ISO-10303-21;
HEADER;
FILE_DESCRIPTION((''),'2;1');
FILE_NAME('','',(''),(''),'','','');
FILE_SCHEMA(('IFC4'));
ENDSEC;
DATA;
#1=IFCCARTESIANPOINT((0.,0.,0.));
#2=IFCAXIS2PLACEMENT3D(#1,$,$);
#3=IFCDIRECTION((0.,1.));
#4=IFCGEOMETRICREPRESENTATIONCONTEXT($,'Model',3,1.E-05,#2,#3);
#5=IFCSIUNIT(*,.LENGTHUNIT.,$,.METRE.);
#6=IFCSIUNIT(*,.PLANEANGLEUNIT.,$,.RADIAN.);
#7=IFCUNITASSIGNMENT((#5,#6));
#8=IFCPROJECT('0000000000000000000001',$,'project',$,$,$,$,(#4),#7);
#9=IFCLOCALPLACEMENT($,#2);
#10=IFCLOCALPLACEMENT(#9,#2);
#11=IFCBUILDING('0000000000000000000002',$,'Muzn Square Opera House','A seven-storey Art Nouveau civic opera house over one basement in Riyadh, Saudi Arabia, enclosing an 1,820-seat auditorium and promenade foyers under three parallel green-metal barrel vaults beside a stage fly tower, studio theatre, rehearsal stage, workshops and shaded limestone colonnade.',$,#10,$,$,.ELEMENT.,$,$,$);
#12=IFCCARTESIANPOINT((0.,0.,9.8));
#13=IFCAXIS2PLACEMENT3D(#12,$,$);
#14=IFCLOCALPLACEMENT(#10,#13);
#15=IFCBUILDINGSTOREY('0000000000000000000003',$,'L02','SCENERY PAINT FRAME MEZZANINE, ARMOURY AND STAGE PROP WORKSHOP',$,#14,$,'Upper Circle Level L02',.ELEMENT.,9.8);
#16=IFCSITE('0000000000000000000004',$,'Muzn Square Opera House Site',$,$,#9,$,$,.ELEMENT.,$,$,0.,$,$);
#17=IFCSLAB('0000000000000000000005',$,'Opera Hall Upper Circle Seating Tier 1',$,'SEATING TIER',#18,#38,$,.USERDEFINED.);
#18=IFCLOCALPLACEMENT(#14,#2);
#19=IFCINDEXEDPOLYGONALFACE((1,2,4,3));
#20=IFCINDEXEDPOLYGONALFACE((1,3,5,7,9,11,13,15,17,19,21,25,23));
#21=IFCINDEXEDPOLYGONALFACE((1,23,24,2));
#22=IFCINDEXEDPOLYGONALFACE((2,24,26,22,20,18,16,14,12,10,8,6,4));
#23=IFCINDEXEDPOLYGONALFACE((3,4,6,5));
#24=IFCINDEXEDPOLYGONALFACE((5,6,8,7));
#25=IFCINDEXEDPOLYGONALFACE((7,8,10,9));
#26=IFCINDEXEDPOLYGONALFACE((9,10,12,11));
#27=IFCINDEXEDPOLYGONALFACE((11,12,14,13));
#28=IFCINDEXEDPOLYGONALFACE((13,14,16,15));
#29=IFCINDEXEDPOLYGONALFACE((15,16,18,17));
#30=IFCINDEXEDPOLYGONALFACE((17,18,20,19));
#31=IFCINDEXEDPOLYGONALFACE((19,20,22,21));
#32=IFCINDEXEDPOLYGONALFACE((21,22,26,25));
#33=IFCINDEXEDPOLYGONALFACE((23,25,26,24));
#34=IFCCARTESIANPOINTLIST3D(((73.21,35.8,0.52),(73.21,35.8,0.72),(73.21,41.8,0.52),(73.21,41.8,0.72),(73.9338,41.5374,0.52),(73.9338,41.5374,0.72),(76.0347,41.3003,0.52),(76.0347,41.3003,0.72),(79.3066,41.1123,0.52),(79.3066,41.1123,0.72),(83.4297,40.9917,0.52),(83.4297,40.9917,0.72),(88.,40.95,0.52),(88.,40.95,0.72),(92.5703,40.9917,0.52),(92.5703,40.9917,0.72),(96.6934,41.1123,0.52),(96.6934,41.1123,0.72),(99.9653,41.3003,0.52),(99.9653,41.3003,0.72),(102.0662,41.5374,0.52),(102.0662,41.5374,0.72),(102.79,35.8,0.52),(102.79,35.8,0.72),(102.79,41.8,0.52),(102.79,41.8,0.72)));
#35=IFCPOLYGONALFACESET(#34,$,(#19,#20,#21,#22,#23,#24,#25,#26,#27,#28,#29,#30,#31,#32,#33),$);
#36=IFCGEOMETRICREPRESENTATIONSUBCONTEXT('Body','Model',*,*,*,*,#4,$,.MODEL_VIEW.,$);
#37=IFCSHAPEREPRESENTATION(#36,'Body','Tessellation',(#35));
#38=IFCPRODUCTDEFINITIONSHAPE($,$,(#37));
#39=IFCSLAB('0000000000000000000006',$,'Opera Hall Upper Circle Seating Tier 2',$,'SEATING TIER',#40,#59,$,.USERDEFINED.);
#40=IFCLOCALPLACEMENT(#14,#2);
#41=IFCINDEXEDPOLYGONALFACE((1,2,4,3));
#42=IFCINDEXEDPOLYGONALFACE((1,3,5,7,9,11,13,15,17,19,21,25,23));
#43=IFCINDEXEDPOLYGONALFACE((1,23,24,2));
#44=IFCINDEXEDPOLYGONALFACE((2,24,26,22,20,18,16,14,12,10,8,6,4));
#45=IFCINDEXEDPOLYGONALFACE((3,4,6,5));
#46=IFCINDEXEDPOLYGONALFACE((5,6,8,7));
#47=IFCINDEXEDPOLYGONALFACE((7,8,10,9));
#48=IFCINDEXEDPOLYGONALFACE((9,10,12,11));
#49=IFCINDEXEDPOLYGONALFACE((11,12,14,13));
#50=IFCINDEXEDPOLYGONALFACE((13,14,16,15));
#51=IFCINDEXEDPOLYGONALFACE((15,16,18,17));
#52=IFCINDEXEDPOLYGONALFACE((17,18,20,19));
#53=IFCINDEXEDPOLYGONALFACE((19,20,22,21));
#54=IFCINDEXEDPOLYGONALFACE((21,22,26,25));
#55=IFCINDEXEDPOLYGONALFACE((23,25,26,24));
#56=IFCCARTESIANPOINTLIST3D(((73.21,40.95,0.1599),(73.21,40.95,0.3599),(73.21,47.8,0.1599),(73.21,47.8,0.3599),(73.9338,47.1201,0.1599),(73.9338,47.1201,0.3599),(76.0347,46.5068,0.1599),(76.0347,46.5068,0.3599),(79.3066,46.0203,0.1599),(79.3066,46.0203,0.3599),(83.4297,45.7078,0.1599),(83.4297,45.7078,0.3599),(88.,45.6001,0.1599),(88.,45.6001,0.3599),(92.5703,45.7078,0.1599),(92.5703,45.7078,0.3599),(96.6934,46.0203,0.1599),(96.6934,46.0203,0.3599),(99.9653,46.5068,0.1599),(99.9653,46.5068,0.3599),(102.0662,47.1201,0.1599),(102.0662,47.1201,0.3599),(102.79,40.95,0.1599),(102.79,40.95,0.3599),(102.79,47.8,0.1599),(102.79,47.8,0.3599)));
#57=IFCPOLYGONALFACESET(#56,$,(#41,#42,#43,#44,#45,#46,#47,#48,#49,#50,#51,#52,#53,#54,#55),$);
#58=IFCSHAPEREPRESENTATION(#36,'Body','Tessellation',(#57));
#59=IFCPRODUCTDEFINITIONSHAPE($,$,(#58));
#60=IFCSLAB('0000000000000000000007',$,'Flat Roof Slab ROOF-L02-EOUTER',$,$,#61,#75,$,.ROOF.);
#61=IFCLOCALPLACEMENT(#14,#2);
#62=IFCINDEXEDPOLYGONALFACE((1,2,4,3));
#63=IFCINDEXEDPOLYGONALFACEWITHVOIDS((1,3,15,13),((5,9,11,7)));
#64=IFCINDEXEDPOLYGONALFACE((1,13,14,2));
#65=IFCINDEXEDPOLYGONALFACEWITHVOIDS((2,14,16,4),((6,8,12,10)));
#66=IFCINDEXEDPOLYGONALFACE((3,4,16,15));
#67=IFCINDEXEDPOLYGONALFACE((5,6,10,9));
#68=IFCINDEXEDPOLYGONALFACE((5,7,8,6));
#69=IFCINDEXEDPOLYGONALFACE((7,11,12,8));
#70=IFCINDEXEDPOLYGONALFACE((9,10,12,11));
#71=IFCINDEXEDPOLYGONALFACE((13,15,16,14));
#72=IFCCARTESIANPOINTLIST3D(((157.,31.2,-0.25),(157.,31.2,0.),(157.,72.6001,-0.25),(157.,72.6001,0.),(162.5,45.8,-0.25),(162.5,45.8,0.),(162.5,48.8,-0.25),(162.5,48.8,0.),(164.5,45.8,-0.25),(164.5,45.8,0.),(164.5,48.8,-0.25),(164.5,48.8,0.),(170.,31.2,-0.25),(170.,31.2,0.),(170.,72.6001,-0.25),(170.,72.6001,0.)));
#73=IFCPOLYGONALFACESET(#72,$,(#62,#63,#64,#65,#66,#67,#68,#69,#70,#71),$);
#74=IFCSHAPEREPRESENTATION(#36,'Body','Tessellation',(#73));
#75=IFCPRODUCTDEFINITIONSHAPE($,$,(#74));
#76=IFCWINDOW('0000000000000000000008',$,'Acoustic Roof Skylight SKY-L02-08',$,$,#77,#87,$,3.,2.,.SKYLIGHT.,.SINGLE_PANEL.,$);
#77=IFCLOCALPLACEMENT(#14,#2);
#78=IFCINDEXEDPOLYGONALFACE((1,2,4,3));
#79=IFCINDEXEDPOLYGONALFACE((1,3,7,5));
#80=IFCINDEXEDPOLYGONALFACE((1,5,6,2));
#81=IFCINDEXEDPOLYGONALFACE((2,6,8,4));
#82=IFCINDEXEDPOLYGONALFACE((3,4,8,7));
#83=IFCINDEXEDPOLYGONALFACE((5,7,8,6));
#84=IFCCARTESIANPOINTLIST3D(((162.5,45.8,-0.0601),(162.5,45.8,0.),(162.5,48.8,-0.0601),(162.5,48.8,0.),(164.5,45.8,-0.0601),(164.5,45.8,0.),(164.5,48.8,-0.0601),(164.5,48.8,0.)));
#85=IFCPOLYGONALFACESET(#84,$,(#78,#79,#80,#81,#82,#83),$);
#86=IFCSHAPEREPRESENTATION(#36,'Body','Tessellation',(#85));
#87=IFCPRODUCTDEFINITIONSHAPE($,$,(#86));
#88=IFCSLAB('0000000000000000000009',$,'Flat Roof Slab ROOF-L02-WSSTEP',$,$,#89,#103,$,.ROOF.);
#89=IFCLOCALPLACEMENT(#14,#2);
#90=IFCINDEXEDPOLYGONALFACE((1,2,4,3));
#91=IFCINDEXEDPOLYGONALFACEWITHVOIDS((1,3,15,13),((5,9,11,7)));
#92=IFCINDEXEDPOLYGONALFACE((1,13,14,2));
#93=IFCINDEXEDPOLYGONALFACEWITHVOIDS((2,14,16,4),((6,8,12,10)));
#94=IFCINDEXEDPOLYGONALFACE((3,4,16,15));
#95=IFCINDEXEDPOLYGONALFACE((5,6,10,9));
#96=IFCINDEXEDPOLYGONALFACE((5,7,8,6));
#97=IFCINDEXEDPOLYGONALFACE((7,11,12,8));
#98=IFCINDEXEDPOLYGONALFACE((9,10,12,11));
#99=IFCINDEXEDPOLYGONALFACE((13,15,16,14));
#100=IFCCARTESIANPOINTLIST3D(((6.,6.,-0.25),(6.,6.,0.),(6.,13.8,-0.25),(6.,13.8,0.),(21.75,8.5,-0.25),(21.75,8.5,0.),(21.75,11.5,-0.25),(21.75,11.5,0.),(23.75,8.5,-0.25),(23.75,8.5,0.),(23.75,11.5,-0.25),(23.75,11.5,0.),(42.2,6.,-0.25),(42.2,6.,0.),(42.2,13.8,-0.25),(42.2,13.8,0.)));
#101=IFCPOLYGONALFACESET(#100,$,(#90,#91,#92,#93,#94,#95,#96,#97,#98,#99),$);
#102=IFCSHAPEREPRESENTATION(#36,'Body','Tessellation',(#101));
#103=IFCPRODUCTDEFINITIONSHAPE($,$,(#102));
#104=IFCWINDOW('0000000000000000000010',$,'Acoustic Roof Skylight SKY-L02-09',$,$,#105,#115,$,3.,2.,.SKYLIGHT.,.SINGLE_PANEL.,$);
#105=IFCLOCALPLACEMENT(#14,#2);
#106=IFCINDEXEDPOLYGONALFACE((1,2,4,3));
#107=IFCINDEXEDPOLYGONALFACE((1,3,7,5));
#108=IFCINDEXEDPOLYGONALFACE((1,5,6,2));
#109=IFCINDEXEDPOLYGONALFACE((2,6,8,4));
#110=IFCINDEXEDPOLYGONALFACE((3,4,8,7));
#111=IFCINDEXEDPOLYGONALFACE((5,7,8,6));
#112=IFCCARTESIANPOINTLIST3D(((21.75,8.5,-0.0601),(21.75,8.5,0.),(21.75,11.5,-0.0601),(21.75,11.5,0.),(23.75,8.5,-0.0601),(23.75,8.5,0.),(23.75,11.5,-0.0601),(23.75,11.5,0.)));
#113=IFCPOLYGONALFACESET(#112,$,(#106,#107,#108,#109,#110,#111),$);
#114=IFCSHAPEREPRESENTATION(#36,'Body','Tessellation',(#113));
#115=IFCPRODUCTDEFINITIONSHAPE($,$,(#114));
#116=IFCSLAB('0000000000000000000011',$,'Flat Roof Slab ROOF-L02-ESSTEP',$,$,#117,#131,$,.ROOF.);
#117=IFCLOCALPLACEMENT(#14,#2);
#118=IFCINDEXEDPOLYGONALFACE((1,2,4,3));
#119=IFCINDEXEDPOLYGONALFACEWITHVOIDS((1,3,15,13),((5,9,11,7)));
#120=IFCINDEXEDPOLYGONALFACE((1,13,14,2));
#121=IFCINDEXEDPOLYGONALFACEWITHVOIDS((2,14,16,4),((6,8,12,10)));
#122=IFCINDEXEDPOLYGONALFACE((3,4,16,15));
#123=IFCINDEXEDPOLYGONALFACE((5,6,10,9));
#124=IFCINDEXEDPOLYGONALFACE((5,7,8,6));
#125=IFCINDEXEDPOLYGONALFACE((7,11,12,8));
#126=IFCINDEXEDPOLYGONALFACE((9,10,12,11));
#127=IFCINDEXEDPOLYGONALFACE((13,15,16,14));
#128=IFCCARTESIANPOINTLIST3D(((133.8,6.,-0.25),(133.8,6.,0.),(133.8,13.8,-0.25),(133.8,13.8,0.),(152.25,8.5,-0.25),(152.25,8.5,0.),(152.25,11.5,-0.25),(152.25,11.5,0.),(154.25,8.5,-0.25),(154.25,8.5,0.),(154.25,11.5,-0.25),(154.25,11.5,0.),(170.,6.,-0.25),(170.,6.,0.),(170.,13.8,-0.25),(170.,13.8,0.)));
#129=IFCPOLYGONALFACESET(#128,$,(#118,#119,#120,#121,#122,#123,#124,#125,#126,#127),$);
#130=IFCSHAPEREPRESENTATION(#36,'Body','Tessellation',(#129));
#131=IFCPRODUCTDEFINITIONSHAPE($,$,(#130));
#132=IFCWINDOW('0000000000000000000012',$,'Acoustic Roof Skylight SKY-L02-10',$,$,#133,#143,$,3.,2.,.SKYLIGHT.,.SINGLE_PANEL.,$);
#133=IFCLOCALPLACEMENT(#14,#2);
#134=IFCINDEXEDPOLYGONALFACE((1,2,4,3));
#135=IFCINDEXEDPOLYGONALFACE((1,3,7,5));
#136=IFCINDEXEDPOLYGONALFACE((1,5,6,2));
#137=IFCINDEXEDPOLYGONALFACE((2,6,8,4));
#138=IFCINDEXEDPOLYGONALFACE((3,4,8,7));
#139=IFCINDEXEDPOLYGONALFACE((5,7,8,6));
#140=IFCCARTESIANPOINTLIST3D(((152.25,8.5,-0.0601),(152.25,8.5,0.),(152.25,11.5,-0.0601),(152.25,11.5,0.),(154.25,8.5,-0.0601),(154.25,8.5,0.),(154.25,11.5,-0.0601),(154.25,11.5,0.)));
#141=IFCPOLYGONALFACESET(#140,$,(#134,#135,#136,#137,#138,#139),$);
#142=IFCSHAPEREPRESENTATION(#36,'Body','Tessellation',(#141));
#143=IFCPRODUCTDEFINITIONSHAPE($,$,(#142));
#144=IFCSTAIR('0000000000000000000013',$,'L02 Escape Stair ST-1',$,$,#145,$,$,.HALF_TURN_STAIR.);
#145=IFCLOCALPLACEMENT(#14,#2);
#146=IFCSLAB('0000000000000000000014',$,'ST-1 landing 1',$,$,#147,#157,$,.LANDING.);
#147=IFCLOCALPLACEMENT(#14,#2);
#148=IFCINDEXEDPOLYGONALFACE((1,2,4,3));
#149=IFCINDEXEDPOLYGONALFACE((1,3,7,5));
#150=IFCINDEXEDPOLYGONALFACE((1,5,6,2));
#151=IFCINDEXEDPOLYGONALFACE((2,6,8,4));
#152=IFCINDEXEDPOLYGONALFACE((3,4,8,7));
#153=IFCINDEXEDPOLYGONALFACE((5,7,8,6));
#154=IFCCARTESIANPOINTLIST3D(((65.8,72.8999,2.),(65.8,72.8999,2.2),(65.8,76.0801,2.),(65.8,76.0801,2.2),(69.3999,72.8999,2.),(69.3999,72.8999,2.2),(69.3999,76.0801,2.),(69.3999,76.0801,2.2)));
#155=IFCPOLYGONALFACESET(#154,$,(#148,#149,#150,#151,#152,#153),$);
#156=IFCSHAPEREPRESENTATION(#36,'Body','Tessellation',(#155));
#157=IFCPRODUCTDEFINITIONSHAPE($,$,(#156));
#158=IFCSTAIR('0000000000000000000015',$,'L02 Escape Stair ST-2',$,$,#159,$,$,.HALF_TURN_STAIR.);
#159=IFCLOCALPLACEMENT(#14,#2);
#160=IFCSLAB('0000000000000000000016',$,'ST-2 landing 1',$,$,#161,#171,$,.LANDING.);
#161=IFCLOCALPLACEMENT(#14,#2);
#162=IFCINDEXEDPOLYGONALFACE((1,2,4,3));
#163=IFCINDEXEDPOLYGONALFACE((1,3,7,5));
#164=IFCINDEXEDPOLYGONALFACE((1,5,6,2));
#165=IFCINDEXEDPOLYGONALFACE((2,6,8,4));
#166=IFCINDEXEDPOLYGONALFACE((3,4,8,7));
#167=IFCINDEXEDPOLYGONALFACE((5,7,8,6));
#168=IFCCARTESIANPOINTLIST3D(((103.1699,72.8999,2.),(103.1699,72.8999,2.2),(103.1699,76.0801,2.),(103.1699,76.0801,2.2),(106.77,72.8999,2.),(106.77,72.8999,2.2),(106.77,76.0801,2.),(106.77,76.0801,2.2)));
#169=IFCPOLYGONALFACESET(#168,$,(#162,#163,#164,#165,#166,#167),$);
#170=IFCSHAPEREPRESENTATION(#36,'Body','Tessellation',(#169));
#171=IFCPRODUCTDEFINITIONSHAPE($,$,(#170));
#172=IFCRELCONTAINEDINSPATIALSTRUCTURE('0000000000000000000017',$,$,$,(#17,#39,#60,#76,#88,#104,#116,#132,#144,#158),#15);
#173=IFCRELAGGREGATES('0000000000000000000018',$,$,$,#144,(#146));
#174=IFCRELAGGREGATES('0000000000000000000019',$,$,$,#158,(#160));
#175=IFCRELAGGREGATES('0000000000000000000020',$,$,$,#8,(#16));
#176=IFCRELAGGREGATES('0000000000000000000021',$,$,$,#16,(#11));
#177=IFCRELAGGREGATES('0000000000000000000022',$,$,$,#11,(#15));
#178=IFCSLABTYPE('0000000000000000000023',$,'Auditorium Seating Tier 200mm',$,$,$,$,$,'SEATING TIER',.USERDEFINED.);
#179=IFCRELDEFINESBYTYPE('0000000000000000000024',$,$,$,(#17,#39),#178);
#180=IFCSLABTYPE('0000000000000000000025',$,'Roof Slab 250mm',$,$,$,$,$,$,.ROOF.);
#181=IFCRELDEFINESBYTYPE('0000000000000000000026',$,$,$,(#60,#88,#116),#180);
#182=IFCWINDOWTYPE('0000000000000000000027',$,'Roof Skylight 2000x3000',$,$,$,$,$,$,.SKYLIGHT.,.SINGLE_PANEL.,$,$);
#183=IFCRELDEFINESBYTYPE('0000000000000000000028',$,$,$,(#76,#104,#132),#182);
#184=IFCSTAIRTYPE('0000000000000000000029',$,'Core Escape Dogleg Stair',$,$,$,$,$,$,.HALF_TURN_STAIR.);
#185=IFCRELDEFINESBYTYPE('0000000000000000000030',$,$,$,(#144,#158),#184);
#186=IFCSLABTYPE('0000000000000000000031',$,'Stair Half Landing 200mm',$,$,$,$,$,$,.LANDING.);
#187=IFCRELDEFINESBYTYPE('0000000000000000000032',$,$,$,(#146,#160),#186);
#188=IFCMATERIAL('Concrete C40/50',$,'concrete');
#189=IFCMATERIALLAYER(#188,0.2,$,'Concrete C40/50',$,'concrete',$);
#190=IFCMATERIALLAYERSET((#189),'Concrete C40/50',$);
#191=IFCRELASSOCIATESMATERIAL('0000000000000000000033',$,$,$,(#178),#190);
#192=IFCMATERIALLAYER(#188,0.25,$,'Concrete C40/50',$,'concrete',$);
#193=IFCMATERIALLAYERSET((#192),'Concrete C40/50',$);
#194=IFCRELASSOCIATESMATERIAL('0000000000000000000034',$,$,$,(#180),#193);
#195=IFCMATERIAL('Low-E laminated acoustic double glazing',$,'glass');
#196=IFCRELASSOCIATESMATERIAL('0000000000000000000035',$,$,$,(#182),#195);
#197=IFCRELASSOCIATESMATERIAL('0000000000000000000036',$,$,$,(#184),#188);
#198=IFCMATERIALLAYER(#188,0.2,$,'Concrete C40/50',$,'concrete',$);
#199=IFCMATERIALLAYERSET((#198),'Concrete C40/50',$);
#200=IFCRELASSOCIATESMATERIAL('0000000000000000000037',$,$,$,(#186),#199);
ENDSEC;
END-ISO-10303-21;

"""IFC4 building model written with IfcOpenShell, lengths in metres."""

from ifc_helpers import new_model, si_unit, direction, frame, origin, origin_2d, place, context, subcontext, project, spatial, polyline, rectangle, outline, extrude, material, layer, layer_set, type_object, element, fill, aggregate, save


model = new_model("IFC4")

# Units and contexts
model_context = context("Model", 3, precision=1e-05, world=origin(), true_north=direction((0.0, 1.0)))
body_context = subcontext(model_context, "Body", "Model", "MODEL_VIEW")
ifc_project = project(units=[si_unit("LENGTHUNIT", "METRE"), si_unit("PLANEANGLEUNIT", "RADIAN")], contexts=[model_context])

# Site, building, storey
site_placement = place(None, origin())
site = spatial("IfcSite", under=ifc_project, at=site_placement, Name="Muzn Square Opera House Site", CompositionType="ELEMENT", RefElevation=0.0)
building_placement = place(site_placement, origin())
building = spatial("IfcBuilding", under=site, at=building_placement, Name="Muzn Square Opera House", Description="A seven-storey Art Nouveau civic opera house over one basement in Riyadh, Saudi Arabia, enclosing an 1,820-seat auditorium and promenade foyers under three parallel green-metal barrel vaults beside a stage fly tower, studio theatre, rehearsal stage, workshops and shaded limestone colonnade.", CompositionType="ELEMENT")
storey_placement = place(building_placement, frame((0.0, 0.0, 9.8)))
storey = spatial("IfcBuildingStorey", under=building, at=storey_placement, Name="L02", Description="SCENERY PAINT FRAME MEZZANINE, ARMOURY AND STAGE PROP WORKSHOP", LongName="Upper Circle Level L02", CompositionType="ELEMENT", Elevation=9.8)

# Slabs
ifc_material_1 = material(Name="Concrete C40/50", Category="concrete")
ifc_layer_1 = layer(ifc_material_1, 0.2, Name="Concrete C40/50", Category="concrete")
ifc_layer_set_1 = layer_set([ifc_layer_1], Name="Concrete C40/50")
slab_type_1 = type_object("IfcSlabType", Name="Auditorium Seating Tier 200mm", ElementType="SEATING TIER", PredefinedType="USERDEFINED", material=ifc_layer_set_1)
slab_1_placement = place(storey_placement, frame((0.0, 0.0, 0.52)))
element("IfcSlab", 1, at=slab_1_placement, inside=storey, type_object=slab_type_1, Name="Opera Hall Upper Circle Seating Tier 1", ObjectType="SEATING TIER", PredefinedType="USERDEFINED", context=body_context, shape_type="SweptSolid", body=[
    extrude(outline(polyline([(73.21, 35.8), (102.79, 35.8), (102.79, 41.8), (102.0662, 41.5374), (99.9653, 41.3003), (96.6934, 41.1123), (92.5703, 40.9917), (88.0, 40.95), (83.4297, 40.9917), (79.3066, 41.1123), (76.0347, 41.3003), (73.9338, 41.5374), (73.21, 41.8), (73.21, 35.8)])), origin(), (0.0, 0.0, 1.0), 0.2),
])
slab_2_placement = place(storey_placement, frame((0.0, 0.0, 0.1599)))
element("IfcSlab", 2, at=slab_2_placement, inside=storey, type_object=slab_type_1, Name="Opera Hall Upper Circle Seating Tier 2", ObjectType="SEATING TIER", PredefinedType="USERDEFINED", context=body_context, shape_type="SweptSolid", body=[
    extrude(outline(polyline([(73.21, 40.95), (102.79, 40.95), (102.79, 47.8), (102.0662, 47.1201), (99.9653, 46.5068), (96.6934, 46.0203), (92.5703, 45.7078), (88.0, 45.6001), (83.4297, 45.7078), (79.3066, 46.0203), (76.0347, 46.5068), (73.9338, 47.1201), (73.21, 47.8), (73.21, 40.95)])), origin(), (0.0, 0.0, 1.0), 0.2),
])

# Slabs, openings, windows
ifc_layer_2 = layer(ifc_material_1, 0.25, Name="Concrete C40/50", Category="concrete")
ifc_layer_set_2 = layer_set([ifc_layer_2], Name="Concrete C40/50")
slab_type_2 = type_object("IfcSlabType", Name="Roof Slab 250mm", PredefinedType="ROOF", material=ifc_layer_set_2)
slab_3_placement = place(storey_placement, frame((0.0, 0.0, -0.25)))
slab_3 = element("IfcSlab", 3, at=slab_3_placement, inside=storey, type_object=slab_type_2, Name="Flat Roof Slab ROOF-L02-EOUTER", PredefinedType="ROOF", context=body_context, shape_type="SweptSolid", body=[
    extrude(outline(polyline([(157.0, 31.2), (170.0, 31.2), (170.0, 72.6001), (157.0, 72.6001), (157.0, 31.2)])), origin(), (0.0, 0.0, 1.0), 0.25),
])
opening_1_placement = place(slab_3_placement, frame((163.5, 47.3, -0.01)))
opening_1 = element("IfcOpeningElement", 4, at=opening_1_placement, cuts=slab_3, PredefinedType="OPENING", context=body_context, shape_type="SweptSolid", body=[
    extrude(rectangle(XDim=2.0, YDim=3.0, at=origin_2d()), origin(), (0.0, 0.0, 1.0), 0.27),
])
ifc_material_2 = material(Name="Low-E laminated acoustic double glazing", Category="glass")
window_type = type_object("IfcWindowType", Name="Roof Skylight 2000x3000", PartitioningType="SINGLE_PANEL", PredefinedType="SKYLIGHT", material=ifc_material_2)
window_1_placement = place(slab_3_placement, frame((163.5, 47.3, 0.1899)))
window_1 = element("IfcWindow", 5, at=window_1_placement, inside=storey, type_object=window_type, Name="Acoustic Roof Skylight SKY-L02-08", OverallHeight=3.0, OverallWidth=2.0, PartitioningType="SINGLE_PANEL", PredefinedType="SKYLIGHT", context=body_context, shape_type="SweptSolid", body=[
    extrude(rectangle(XDim=2.0, YDim=3.0, at=origin_2d()), origin(), (0.0, 0.0, 1.0), 0.0601),
])
fill(opening_1, window_1)
slab_4_placement = place(storey_placement, frame((0.0, 0.0, -0.25)))
slab_4 = element("IfcSlab", 6, at=slab_4_placement, inside=storey, type_object=slab_type_2, Name="Flat Roof Slab ROOF-L02-WSSTEP", PredefinedType="ROOF", context=body_context, shape_type="SweptSolid", body=[
    extrude(outline(polyline([(6.0, 6.0), (42.2, 6.0), (42.2, 13.8), (6.0, 13.8), (6.0, 6.0)])), origin(), (0.0, 0.0, 1.0), 0.25),
])
opening_2_placement = place(slab_4_placement, frame((22.75, 10.0, -0.01)))
opening_2 = element("IfcOpeningElement", 7, at=opening_2_placement, cuts=slab_4, PredefinedType="OPENING", context=body_context, shape_type="SweptSolid", body=[
    extrude(rectangle(XDim=2.0, YDim=3.0, at=origin_2d()), origin(), (0.0, 0.0, 1.0), 0.27),
])
window_2_placement = place(slab_4_placement, frame((22.75, 10.0, 0.1899)))
window_2 = element("IfcWindow", 8, at=window_2_placement, inside=storey, type_object=window_type, Name="Acoustic Roof Skylight SKY-L02-09", OverallHeight=3.0, OverallWidth=2.0, PartitioningType="SINGLE_PANEL", PredefinedType="SKYLIGHT", context=body_context, shape_type="SweptSolid", body=[
    extrude(rectangle(XDim=2.0, YDim=3.0, at=origin_2d()), origin(), (0.0, 0.0, 1.0), 0.0601),
])
fill(opening_2, window_2)
slab_5_placement = place(storey_placement, frame((0.0, 0.0, -0.25)))
slab_5 = element("IfcSlab", 9, at=slab_5_placement, inside=storey, type_object=slab_type_2, Name="Flat Roof Slab ROOF-L02-ESSTEP", PredefinedType="ROOF", context=body_context, shape_type="SweptSolid", body=[
    extrude(outline(polyline([(133.8, 6.0), (170.0, 6.0), (170.0, 13.8), (133.8, 13.8), (133.8, 6.0)])), origin(), (0.0, 0.0, 1.0), 0.25),
])
opening_3_placement = place(slab_5_placement, frame((153.25, 10.0, -0.01)))
opening_3 = element("IfcOpeningElement", 10, at=opening_3_placement, cuts=slab_5, PredefinedType="OPENING", context=body_context, shape_type="SweptSolid", body=[
    extrude(rectangle(XDim=2.0, YDim=3.0, at=origin_2d()), origin(), (0.0, 0.0, 1.0), 0.27),
])
window_3_placement = place(slab_5_placement, frame((153.25, 10.0, 0.1899)))
window_3 = element("IfcWindow", 11, at=window_3_placement, inside=storey, type_object=window_type, Name="Acoustic Roof Skylight SKY-L02-10", OverallHeight=3.0, OverallWidth=2.0, PartitioningType="SINGLE_PANEL", PredefinedType="SKYLIGHT", context=body_context, shape_type="SweptSolid", body=[
    extrude(rectangle(XDim=2.0, YDim=3.0, at=origin_2d()), origin(), (0.0, 0.0, 1.0), 0.0601),
])
fill(opening_3, window_3)

# Stairs, slabs
stair_type = type_object("IfcStairType", Name="Core Escape Dogleg Stair", PredefinedType="HALF_TURN_STAIR", material=ifc_material_1)
stair_1_placement = place(storey_placement, origin())
stair_1 = element("IfcStair", 12, at=stair_1_placement, inside=storey, type_object=stair_type, Name="L02 Escape Stair ST-1", PredefinedType="HALF_TURN_STAIR")
ifc_layer_3 = layer(ifc_material_1, 0.2, Name="Concrete C40/50", Category="concrete")
ifc_layer_set_3 = layer_set([ifc_layer_3], Name="Concrete C40/50")
slab_type_3 = type_object("IfcSlabType", Name="Stair Half Landing 200mm", PredefinedType="LANDING", material=ifc_layer_set_3)
slab_6_placement = place(storey_placement, frame((0.0, 0.0, 2.0)))
slab_6 = element("IfcSlab", 13, at=slab_6_placement, type_object=slab_type_3, Name="ST-1 landing 1", PredefinedType="LANDING", context=body_context, shape_type="SweptSolid", body=[
    extrude(outline(polyline([(65.8, 76.0801), (65.8, 72.8999), (69.3999, 72.8999), (69.3999, 76.0801), (65.8, 76.0801)])), origin(), (0.0, 0.0, 1.0), 0.2),
])
aggregate(stair_1, [slab_6])
stair_2_placement = place(storey_placement, origin())
stair_2 = element("IfcStair", 14, at=stair_2_placement, inside=storey, type_object=stair_type, Name="L02 Escape Stair ST-2", PredefinedType="HALF_TURN_STAIR")
slab_7_placement = place(storey_placement, frame((0.0, 0.0, 2.0)))
slab_7 = element("IfcSlab", 15, at=slab_7_placement, type_object=slab_type_3, Name="ST-2 landing 1", PredefinedType="LANDING", context=body_context, shape_type="SweptSolid", body=[
    extrude(outline(polyline([(103.1699, 76.0801), (103.1699, 72.8999), (106.77, 72.8999), (106.77, 76.0801), (103.1699, 76.0801)])), origin(), (0.0, 0.0, 1.0), 0.2),
])
aggregate(stair_2, [slab_7])

save(model, "model.ifc")
